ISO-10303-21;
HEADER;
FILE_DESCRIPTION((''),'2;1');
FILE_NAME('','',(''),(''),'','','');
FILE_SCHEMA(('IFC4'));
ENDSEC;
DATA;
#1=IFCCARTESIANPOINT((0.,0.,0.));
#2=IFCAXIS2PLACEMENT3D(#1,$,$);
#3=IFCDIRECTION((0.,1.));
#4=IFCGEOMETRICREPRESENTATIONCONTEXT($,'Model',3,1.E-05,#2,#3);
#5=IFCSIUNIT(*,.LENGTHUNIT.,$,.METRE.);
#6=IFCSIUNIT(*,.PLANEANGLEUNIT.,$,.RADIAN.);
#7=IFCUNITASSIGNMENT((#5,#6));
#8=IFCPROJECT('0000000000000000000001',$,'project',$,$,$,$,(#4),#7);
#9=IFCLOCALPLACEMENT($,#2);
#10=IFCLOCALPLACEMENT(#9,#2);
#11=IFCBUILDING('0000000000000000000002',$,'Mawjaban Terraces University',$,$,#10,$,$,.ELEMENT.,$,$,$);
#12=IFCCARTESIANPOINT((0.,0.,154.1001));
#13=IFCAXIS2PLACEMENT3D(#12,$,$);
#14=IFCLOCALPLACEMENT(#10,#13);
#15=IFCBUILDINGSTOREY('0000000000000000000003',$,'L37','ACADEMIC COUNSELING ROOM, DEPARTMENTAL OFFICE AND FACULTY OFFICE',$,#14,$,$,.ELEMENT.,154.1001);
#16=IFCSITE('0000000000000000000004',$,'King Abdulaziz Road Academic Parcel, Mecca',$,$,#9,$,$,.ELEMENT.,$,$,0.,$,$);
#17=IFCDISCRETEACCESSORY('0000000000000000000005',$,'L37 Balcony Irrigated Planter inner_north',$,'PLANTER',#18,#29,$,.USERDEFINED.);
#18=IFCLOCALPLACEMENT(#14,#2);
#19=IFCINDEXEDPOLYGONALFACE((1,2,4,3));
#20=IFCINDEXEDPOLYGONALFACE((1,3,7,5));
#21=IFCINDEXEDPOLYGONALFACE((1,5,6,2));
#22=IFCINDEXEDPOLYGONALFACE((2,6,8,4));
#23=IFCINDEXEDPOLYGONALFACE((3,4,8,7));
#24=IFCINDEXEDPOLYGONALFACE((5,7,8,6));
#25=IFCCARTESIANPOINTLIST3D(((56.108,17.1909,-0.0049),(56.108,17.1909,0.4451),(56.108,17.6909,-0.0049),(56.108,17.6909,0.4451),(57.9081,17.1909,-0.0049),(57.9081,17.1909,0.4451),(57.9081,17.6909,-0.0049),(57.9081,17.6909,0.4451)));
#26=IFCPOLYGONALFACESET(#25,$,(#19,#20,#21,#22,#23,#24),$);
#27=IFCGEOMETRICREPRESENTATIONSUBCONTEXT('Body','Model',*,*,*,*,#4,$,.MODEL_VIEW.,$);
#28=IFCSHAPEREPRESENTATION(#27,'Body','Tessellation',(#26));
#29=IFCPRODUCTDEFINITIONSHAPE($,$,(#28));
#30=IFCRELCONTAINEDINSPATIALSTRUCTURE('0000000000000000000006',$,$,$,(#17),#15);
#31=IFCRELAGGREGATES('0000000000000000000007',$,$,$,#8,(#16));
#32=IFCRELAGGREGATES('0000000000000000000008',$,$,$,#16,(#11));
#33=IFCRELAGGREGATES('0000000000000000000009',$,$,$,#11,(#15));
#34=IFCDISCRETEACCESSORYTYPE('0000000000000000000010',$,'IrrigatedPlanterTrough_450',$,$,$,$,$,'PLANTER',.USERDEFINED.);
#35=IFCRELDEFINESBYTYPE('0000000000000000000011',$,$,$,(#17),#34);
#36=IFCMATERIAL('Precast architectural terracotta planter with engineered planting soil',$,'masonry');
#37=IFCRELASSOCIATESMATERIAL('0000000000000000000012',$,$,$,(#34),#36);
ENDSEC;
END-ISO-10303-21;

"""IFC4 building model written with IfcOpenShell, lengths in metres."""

from ifc_helpers import new_model, si_unit, direction, frame, origin, origin_2d, place, context, subcontext, project, spatial, rectangle, extrude, material, type_object, element, save


model = new_model("IFC4")

# Units and contexts
model_context = context("Model", 3, precision=1e-05, world=origin(), true_north=direction((0.0, 1.0)))
body_context = subcontext(model_context, "Body", "Model", "MODEL_VIEW")
ifc_project = project(units=[si_unit("LENGTHUNIT", "METRE"), si_unit("PLANEANGLEUNIT", "RADIAN")], contexts=[model_context])

# Site, building, storey
site_placement = place(None, origin())
site = spatial("IfcSite", under=ifc_project, at=site_placement, Name="King Abdulaziz Road Academic Parcel, Mecca", CompositionType="ELEMENT", RefElevation=0.0)
building_placement = place(site_placement, origin())
building = spatial("IfcBuilding", under=site, at=building_placement, Name="Mawjaban Terraces University", CompositionType="ELEMENT")
storey_placement = place(building_placement, frame((0.0, 0.0, 154.1001)))
storey = spatial("IfcBuildingStorey", under=building, at=storey_placement, Name="L37", Description="ACADEMIC COUNSELING ROOM, DEPARTMENTAL OFFICE AND FACULTY OFFICE", CompositionType="ELEMENT", Elevation=154.1001)

# Discrete accessory
ifc_material_1 = material(Name="Precast architectural terracotta planter with engineered planting soil", Category="masonry")
discrete_accessory_type_1 = type_object("IfcDiscreteAccessoryType", Name="IrrigatedPlanterTrough_450", ElementType="PLANTER", PredefinedType="USERDEFINED", material=ifc_material_1)
discrete_accessory_1_placement = place(storey_placement, frame((57.0081, 17.4409, -0.0049), z_axis=(0.0, 0.0, 1.0), x_axis=(1.0, 0.0, 0.0)))
element("IfcDiscreteAccessory", 1, at=discrete_accessory_1_placement, inside=storey, type_object=discrete_accessory_type_1, Name="L37 Balcony Irrigated Planter inner_north", ObjectType="PLANTER", PredefinedType="USERDEFINED", context=body_context, shape_type="SweptSolid", body=[
    extrude(rectangle(XDim=1.8, YDim=0.5, at=origin_2d()), origin(), (0.0, 0.0, 1.0), 0.45),
])

save(model, "model.ifc")
